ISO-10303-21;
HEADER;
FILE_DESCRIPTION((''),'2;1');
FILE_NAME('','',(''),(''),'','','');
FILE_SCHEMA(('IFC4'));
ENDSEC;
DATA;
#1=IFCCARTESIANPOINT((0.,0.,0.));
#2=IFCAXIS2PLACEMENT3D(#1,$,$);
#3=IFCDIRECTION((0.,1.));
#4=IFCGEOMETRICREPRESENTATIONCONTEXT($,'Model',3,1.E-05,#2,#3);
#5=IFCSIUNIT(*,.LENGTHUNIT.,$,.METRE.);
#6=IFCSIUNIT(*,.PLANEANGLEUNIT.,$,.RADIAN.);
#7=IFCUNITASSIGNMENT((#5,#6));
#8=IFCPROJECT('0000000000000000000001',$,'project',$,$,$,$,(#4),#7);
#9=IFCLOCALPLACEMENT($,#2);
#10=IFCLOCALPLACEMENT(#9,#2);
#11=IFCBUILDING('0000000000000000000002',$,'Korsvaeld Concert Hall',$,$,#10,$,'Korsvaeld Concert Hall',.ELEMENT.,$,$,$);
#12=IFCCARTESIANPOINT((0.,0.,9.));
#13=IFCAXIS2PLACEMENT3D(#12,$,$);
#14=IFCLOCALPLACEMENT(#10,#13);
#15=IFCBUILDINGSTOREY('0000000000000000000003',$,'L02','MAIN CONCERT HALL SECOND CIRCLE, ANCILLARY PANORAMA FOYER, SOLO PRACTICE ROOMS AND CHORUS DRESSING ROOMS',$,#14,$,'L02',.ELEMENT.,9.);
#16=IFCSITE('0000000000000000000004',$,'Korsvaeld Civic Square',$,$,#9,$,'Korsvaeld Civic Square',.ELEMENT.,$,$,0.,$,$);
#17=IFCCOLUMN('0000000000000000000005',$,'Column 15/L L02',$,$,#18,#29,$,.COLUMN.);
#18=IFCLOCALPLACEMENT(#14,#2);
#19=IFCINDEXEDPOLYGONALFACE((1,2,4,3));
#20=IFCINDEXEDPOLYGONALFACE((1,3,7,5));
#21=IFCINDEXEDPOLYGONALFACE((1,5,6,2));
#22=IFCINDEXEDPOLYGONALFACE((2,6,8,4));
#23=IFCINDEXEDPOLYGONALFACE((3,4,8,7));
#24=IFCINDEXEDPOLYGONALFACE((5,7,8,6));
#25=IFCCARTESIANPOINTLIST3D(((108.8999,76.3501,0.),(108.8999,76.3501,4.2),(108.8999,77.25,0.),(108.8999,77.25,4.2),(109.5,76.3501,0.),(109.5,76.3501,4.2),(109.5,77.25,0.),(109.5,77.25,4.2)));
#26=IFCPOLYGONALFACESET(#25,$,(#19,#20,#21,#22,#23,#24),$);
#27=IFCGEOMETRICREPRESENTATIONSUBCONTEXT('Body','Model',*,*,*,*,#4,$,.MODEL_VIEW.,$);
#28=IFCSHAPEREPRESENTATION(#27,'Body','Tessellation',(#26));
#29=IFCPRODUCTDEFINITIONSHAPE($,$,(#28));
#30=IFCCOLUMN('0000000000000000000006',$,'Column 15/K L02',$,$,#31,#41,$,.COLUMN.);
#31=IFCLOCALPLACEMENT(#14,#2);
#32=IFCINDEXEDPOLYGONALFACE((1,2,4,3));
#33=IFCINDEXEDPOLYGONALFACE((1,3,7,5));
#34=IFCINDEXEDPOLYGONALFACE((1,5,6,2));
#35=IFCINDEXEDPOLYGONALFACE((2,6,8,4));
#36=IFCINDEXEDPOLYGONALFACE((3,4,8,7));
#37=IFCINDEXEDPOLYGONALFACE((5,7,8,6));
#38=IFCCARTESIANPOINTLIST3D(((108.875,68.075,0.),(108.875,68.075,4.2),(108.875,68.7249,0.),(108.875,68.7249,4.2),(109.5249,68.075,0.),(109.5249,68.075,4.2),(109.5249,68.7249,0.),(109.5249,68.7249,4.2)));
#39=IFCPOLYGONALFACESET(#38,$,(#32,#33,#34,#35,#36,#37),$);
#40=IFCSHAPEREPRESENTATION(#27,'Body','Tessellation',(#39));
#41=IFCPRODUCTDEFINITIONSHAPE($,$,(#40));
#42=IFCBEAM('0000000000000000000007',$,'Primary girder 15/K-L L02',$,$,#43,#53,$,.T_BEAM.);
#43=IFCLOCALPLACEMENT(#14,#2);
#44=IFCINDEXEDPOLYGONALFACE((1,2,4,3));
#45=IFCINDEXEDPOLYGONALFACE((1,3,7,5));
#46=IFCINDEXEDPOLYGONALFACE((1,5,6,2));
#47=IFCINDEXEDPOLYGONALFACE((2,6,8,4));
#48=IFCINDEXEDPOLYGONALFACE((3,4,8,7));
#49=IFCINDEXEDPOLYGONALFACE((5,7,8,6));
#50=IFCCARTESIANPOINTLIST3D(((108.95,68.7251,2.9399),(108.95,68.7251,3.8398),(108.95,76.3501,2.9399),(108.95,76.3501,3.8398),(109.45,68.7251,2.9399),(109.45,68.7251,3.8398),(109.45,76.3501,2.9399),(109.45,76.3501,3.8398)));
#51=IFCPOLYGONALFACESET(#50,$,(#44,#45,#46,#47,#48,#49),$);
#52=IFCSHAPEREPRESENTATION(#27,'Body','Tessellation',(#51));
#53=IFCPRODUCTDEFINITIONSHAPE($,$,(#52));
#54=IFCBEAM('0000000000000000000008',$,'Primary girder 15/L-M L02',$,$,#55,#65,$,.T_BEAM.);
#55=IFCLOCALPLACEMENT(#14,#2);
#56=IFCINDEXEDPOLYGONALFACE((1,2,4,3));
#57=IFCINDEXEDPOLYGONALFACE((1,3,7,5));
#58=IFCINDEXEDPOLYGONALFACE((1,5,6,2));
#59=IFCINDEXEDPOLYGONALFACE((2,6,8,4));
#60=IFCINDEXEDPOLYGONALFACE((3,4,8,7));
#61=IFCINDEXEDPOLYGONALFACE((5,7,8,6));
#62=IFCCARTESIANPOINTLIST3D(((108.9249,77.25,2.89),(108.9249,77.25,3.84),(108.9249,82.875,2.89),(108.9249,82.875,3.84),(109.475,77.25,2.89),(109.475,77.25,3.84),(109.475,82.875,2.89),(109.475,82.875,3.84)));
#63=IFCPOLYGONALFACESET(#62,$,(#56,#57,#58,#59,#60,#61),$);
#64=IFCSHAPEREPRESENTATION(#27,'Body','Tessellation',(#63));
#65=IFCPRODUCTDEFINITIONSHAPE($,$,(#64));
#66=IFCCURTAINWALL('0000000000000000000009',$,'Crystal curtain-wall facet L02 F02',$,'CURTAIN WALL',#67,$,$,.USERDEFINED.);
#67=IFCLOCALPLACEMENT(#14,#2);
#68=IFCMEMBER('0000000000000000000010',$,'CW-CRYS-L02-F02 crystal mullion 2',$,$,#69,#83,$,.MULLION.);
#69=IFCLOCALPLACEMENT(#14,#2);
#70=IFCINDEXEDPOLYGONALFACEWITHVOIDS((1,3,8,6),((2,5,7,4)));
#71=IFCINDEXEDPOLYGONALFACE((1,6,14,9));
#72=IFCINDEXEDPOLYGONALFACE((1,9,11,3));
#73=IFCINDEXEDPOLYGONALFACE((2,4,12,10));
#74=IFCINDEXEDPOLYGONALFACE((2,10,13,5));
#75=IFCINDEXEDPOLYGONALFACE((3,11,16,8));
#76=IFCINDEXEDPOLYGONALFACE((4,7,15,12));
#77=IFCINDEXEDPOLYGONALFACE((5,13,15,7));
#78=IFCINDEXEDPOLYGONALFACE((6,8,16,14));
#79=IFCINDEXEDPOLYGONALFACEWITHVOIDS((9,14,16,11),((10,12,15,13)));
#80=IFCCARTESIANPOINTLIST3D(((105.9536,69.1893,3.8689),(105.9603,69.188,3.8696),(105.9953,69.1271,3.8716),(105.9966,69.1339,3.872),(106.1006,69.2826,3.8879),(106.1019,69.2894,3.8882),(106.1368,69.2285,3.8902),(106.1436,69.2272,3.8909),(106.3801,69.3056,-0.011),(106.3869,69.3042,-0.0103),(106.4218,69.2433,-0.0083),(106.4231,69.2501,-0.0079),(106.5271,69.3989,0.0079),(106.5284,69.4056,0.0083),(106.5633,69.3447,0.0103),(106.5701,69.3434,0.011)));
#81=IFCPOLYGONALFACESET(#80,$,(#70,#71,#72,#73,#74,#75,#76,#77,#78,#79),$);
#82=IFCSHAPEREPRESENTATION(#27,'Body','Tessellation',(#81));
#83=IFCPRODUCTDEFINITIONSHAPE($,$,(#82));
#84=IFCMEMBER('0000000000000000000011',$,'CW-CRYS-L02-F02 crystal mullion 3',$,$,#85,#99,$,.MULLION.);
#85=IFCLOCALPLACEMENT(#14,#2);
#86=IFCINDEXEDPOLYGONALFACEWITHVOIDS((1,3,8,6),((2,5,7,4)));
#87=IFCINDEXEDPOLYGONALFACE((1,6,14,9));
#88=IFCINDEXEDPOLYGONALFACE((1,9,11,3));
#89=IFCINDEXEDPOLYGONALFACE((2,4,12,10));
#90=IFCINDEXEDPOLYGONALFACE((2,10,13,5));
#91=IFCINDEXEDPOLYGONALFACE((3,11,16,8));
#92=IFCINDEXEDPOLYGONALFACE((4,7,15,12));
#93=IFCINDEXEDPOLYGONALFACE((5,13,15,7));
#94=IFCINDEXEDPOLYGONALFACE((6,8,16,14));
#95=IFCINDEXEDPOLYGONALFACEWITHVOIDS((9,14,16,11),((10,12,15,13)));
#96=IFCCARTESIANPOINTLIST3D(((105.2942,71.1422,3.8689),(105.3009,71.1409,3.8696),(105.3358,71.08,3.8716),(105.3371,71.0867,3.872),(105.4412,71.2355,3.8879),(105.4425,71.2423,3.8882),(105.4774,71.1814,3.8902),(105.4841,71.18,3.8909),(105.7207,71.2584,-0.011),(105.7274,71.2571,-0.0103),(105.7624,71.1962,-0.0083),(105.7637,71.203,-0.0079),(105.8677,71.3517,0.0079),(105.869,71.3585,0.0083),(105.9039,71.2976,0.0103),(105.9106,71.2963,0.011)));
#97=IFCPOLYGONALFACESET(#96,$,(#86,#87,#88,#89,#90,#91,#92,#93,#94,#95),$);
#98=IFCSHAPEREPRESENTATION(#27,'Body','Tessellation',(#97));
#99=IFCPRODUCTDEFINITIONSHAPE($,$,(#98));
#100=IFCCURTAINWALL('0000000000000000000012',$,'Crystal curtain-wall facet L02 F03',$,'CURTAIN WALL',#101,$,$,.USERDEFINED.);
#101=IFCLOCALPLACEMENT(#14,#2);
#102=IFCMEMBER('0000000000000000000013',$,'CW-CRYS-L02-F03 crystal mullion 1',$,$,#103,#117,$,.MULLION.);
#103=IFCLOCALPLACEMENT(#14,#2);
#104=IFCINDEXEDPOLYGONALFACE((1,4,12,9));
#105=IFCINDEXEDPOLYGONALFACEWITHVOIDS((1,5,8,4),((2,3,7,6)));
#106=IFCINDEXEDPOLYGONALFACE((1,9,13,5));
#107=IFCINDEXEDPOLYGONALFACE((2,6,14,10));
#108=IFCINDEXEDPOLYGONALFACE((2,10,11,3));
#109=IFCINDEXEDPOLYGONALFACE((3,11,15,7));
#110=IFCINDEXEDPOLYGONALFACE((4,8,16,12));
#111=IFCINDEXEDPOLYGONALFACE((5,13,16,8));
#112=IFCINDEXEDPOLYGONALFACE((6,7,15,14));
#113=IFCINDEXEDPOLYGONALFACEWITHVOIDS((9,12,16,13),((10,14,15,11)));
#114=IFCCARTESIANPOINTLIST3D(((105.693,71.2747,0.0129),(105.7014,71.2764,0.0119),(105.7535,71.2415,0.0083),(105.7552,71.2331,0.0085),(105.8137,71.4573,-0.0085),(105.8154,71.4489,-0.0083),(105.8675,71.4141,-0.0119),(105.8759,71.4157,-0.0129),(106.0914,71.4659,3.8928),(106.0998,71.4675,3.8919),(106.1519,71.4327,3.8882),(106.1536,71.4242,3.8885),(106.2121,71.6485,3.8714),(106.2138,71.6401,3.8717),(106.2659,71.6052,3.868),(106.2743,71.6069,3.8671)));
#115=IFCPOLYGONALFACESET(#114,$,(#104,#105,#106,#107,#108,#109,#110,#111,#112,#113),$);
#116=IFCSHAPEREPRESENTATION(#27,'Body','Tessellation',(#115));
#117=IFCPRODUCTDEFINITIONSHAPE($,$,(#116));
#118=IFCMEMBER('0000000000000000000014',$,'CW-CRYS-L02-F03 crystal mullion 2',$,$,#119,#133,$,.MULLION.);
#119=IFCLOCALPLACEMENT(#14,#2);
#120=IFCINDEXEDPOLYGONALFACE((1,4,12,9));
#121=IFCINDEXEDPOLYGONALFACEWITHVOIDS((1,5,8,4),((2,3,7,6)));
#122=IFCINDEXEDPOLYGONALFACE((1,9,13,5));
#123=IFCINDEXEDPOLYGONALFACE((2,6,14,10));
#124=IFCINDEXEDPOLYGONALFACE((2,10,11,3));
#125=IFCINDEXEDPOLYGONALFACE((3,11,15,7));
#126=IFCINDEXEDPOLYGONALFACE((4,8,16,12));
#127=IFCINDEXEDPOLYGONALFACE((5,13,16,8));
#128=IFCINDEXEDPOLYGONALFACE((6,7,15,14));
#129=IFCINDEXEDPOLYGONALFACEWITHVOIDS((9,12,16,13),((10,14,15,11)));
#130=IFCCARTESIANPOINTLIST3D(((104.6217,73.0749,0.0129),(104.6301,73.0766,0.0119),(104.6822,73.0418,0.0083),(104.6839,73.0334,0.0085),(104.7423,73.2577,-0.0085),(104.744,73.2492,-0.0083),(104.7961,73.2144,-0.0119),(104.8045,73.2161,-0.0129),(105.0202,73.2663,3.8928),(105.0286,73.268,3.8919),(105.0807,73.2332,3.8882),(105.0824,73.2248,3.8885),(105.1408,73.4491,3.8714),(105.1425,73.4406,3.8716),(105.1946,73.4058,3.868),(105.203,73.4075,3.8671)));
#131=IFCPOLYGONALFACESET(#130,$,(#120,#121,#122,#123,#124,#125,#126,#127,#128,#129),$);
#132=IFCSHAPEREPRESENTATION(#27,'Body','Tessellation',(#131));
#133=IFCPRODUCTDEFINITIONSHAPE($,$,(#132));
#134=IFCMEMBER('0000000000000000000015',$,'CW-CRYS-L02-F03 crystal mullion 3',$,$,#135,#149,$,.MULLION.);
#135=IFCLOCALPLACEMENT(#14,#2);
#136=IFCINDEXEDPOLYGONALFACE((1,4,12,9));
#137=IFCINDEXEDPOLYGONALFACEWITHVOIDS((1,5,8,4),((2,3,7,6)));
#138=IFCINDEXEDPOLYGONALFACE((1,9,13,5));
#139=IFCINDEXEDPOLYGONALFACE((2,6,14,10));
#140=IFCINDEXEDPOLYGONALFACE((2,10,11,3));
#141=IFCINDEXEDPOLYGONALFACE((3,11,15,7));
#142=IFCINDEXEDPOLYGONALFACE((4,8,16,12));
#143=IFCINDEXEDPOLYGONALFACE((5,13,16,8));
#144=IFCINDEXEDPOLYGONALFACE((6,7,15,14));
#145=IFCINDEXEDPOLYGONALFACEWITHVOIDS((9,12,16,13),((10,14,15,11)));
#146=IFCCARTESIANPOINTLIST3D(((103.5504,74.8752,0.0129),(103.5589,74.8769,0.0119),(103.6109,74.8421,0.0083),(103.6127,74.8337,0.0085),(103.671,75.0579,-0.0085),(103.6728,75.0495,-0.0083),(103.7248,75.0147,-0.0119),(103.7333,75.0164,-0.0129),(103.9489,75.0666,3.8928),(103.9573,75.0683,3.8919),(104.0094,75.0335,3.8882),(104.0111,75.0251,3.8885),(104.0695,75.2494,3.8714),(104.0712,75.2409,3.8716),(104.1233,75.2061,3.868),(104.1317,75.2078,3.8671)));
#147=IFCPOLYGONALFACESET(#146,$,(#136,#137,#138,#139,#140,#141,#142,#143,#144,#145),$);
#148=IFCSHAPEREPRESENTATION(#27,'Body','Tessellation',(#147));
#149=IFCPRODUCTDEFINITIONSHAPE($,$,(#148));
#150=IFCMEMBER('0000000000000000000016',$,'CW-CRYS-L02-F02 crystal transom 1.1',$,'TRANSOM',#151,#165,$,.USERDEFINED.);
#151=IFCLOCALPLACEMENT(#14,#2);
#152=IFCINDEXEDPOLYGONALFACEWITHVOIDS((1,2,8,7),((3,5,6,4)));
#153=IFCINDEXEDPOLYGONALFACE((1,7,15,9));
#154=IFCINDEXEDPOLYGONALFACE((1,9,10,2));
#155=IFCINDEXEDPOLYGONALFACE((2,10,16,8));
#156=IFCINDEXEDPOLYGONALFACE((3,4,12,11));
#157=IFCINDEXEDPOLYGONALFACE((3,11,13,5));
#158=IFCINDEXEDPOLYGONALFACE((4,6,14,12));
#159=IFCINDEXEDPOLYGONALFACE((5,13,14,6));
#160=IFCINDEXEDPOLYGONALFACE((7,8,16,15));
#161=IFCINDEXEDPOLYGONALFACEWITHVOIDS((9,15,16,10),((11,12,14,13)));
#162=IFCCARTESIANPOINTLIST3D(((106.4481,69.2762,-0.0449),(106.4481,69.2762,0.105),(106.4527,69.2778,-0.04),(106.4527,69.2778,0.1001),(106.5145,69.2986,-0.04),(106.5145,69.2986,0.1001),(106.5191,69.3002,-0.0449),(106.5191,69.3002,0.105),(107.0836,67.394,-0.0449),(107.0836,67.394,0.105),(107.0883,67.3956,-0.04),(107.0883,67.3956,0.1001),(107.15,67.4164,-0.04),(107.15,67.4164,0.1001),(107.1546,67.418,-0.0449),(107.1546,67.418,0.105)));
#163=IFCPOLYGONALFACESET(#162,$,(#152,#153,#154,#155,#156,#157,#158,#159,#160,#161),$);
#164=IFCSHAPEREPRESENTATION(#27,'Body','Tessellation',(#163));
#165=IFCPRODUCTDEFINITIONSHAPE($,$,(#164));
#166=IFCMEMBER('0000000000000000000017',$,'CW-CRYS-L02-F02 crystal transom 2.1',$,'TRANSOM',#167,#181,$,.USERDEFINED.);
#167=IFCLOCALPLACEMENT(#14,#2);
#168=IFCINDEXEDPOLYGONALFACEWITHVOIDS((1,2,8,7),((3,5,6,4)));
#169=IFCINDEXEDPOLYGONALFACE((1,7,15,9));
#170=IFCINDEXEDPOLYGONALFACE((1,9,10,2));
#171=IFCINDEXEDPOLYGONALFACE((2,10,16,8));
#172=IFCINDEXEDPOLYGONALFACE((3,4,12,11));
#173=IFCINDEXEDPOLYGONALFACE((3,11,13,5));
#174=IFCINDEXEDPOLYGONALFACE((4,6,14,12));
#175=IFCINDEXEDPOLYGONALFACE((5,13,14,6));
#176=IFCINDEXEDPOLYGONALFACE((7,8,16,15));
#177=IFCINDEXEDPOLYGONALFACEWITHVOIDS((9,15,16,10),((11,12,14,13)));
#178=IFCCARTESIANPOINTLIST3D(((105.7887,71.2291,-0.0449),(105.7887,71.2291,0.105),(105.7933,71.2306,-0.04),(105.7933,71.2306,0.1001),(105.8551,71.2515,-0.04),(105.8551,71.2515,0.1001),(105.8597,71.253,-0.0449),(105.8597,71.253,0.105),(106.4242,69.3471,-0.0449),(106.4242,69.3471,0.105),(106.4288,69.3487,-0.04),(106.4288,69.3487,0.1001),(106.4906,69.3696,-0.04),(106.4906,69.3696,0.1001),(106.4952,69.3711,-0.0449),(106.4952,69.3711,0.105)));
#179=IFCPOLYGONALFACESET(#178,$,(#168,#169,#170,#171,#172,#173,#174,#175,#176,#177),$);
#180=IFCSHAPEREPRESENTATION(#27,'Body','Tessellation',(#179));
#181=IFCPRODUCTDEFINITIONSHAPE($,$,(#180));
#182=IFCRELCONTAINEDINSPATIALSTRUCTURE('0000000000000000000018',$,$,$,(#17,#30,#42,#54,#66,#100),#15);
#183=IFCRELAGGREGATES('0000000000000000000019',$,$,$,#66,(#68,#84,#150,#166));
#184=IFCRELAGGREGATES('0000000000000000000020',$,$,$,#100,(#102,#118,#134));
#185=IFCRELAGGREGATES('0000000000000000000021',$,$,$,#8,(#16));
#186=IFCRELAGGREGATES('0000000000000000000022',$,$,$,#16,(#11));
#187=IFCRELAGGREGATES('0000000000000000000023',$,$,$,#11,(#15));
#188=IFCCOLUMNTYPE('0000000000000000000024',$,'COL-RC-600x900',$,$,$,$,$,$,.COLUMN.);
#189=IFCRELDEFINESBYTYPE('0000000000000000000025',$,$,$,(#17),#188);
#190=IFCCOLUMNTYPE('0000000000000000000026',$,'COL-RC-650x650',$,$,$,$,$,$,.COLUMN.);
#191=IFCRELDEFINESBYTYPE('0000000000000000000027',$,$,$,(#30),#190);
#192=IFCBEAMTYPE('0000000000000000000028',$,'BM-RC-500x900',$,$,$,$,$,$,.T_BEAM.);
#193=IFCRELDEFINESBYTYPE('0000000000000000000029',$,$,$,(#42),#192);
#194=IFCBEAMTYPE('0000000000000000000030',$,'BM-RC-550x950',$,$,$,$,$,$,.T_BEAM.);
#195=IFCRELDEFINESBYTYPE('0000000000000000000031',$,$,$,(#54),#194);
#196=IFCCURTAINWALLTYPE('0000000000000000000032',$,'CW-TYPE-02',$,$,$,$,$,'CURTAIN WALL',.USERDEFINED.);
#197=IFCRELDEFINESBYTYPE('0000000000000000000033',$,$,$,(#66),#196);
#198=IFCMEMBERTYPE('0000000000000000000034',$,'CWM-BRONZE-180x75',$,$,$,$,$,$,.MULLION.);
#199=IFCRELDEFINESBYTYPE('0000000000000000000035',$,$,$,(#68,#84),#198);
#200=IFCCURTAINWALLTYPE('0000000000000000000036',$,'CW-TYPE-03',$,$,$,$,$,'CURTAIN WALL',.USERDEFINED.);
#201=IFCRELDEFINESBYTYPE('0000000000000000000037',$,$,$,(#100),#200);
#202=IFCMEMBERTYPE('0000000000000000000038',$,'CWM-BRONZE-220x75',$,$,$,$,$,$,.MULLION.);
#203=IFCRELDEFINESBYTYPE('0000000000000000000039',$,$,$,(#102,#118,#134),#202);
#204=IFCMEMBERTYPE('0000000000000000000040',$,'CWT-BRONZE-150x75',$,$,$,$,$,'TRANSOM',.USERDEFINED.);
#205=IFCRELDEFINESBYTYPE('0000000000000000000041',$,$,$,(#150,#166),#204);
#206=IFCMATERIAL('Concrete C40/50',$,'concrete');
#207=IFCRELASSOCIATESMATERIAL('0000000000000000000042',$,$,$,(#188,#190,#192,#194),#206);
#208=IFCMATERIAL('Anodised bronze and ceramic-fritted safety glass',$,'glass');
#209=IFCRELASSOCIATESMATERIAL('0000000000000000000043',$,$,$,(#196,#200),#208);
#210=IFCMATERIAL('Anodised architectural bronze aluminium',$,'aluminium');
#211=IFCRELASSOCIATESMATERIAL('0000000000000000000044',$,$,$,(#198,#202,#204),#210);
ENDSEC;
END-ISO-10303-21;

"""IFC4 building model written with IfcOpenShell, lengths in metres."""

from ifc_helpers import new_model, si_unit, direction, frame, origin, origin_2d, place, context, subcontext, project, spatial, rectangle, hollow_rectangle, extrude, material, material_profile, profile_set, type_object, element, aggregate, save


model = new_model("IFC4")

# Units and contexts
model_context = context("Model", 3, precision=1e-05, world=origin(), true_north=direction((0.0, 1.0)))
body_context = subcontext(model_context, "Body", "Model", "MODEL_VIEW")
ifc_project = project(units=[si_unit("LENGTHUNIT", "METRE"), si_unit("PLANEANGLEUNIT", "RADIAN")], contexts=[model_context])

# Site, building, storey
site_placement = place(None, origin())
site = spatial("IfcSite", under=ifc_project, at=site_placement, Name="Korsvaeld Civic Square", LongName="Korsvaeld Civic Square", CompositionType="ELEMENT", RefElevation=0.0)
building_placement = place(site_placement, origin())
building = spatial("IfcBuilding", under=site, at=building_placement, Name="Korsvaeld Concert Hall", LongName="Korsvaeld Concert Hall", CompositionType="ELEMENT")
storey_placement = place(building_placement, frame((0.0, 0.0, 9.0)))
storey = spatial("IfcBuildingStorey", under=building, at=storey_placement, Name="L02", Description="MAIN CONCERT HALL SECOND CIRCLE, ANCILLARY PANORAMA FOYER, SOLO PRACTICE ROOMS AND CHORUS DRESSING ROOMS", LongName="L02", CompositionType="ELEMENT", Elevation=9.0)

# Columns
ifc_material_1 = material(Name="Concrete C40/50", Category="concrete")
ifc_material_profile_1 = material_profile(ifc_material_1, rectangle(XDim=0.6001, YDim=0.8999, at=origin_2d()), Name="RC 600x900")
ifc_profile_set_1 = profile_set([ifc_material_profile_1], Name="Concrete C40/50")
column_type_1 = type_object("IfcColumnType", Name="COL-RC-600x900", PredefinedType="COLUMN", material=ifc_profile_set_1)
column_1_placement = place(storey_placement, frame((109.2, 76.8, 0.0), z_axis=(0.0, 0.0, 1.0), x_axis=(1.0, 0.0, 0.0)))
element("IfcColumn", 1, at=column_1_placement, inside=storey, type_object=column_type_1, Name="Column 15/L L02", PredefinedType="COLUMN", context=body_context, shape_type="SweptSolid", body=[
    extrude(rectangle(XDim=0.6001, YDim=0.8999, at=origin_2d()), origin(), (0.0, 0.0, 1.0), 4.2),
])
ifc_material_profile_2 = material_profile(ifc_material_1, rectangle(XDim=0.6499, YDim=0.6499, at=origin_2d()), Name="RC 650x650")
ifc_profile_set_2 = profile_set([ifc_material_profile_2], Name="Concrete C40/50")
column_type_2 = type_object("IfcColumnType", Name="COL-RC-650x650", PredefinedType="COLUMN", material=ifc_profile_set_2)
column_2_placement = place(storey_placement, frame((109.2, 68.3999, 0.0), z_axis=(0.0, 0.0, 1.0), x_axis=(1.0, 0.0, 0.0)))
element("IfcColumn", 2, at=column_2_placement, inside=storey, type_object=column_type_2, Name="Column 15/K L02", PredefinedType="COLUMN", context=body_context, shape_type="SweptSolid", body=[
    extrude(rectangle(XDim=0.6499, YDim=0.6499, at=origin_2d()), origin(), (0.0, 0.0, 1.0), 4.2),
])

# Beams
ifc_material_profile_3 = material_profile(ifc_material_1, rectangle(XDim=0.5, YDim=0.8999, at=origin_2d()), Name="RC 500x900")
ifc_profile_set_3 = profile_set([ifc_material_profile_3], Name="Concrete C40/50")
beam_type_1 = type_object("IfcBeamType", Name="BM-RC-500x900", PredefinedType="T_BEAM", material=ifc_profile_set_3)
beam_1_placement = place(storey_placement, frame((109.2, 68.7251, 3.3899), z_axis=(0.0, 1.0, 0.0), x_axis=(-1.0, 0.0, 0.0)))
element("IfcBeam", 3, at=beam_1_placement, inside=storey, type_object=beam_type_1, Name="Primary girder 15/K-L L02", PredefinedType="T_BEAM", context=body_context, shape_type="SweptSolid", body=[
    extrude(rectangle(XDim=0.5, YDim=0.8999, at=origin_2d()), origin(), (0.0, 0.0, 1.0), 7.625),
])
ifc_material_profile_4 = material_profile(ifc_material_1, rectangle(XDim=0.55, YDim=0.95, at=origin_2d()), Name="RC 550x950")
ifc_profile_set_4 = profile_set([ifc_material_profile_4], Name="Concrete C40/50")
beam_type_2 = type_object("IfcBeamType", Name="BM-RC-550x950", PredefinedType="T_BEAM", material=ifc_profile_set_4)
beam_2_placement = place(storey_placement, frame((109.2, 77.25, 3.365), z_axis=(0.0, 1.0, 0.0), x_axis=(-1.0, 0.0, 0.0)))
element("IfcBeam", 4, at=beam_2_placement, inside=storey, type_object=beam_type_2, Name="Primary girder 15/L-M L02", PredefinedType="T_BEAM", context=body_context, shape_type="SweptSolid", body=[
    extrude(rectangle(XDim=0.55, YDim=0.95, at=origin_2d()), origin(), (0.0, 0.0, 1.0), 5.625),
])

# Curtain walls, members
ifc_material_2 = material(Name="Anodised bronze and ceramic-fritted safety glass", Category="glass")
curtain_wall_type_1 = type_object("IfcCurtainWallType", Name="CW-TYPE-02", ElementType="CURTAIN WALL", PredefinedType="USERDEFINED", material=ifc_material_2)
curtain_wall_1_placement = place(storey_placement, origin())
curtain_wall_1 = element("IfcCurtainWall", 5, at=curtain_wall_1_placement, inside=storey, type_object=curtain_wall_type_1, Name="Crystal curtain-wall facet L02 F02", ObjectType="CURTAIN WALL", PredefinedType="USERDEFINED")
ifc_material_3 = material(Name="Anodised architectural bronze aluminium", Category="aluminium")
ifc_material_profile_5 = material_profile(ifc_material_3, hollow_rectangle(XDim=0.075, YDim=0.1799, WallThickness=0.0049, at=origin_2d()), Name="CWM 180x75x5")
ifc_profile_set_5 = profile_set([ifc_material_profile_5], Name="Anodised architectural bronze aluminium")
member_type_1 = type_object("IfcMemberType", Name="CWM-BRONZE-180x75", PredefinedType="MULLION", material=ifc_profile_set_5)
member_1_placement = place(storey_placement, frame((106.4751, 69.3245, 0.0), z_axis=(-0.109223, -0.02976, 0.993572), x_axis=(-0.555751, 0.830559, -0.036216)))
member_1 = element("IfcMember", 6, at=member_1_placement, type_object=member_type_1, Name="CW-CRYS-L02-F02 crystal mullion 2", PredefinedType="MULLION", context=body_context, shape_type="SweptSolid", body=[
    extrude(hollow_rectangle(XDim=0.075, YDim=0.1799, WallThickness=0.0049, at=origin_2d()), origin(), (0.0, 0.0, 1.0), 3.905),
])
member_2_placement = place(storey_placement, frame((105.8157, 71.2773, 0.0), z_axis=(-0.109223, -0.02976, 0.993572), x_axis=(-0.555751, 0.830559, -0.036216)))
member_2 = element("IfcMember", 7, at=member_2_placement, type_object=member_type_1, Name="CW-CRYS-L02-F02 crystal mullion 3", PredefinedType="MULLION", context=body_context, shape_type="SweptSolid", body=[
    extrude(hollow_rectangle(XDim=0.075, YDim=0.1799, WallThickness=0.0049, at=origin_2d()), origin(), (0.0, 0.0, 1.0), 3.905),
])
curtain_wall_type_2 = type_object("IfcCurtainWallType", Name="CW-TYPE-03", ElementType="CURTAIN WALL", PredefinedType="USERDEFINED", material=ifc_material_2)
curtain_wall_2_placement = place(storey_placement, origin())
curtain_wall_2 = element("IfcCurtainWall", 8, at=curtain_wall_2_placement, inside=storey, type_object=curtain_wall_type_2, Name="Crystal curtain-wall facet L02 F03", ObjectType="CURTAIN WALL", PredefinedType="USERDEFINED")
ifc_material_profile_6 = material_profile(ifc_material_3, hollow_rectangle(XDim=0.075, YDim=0.22, WallThickness=0.0061, at=origin_2d()), Name="CWM 220x75x6")
ifc_profile_set_6 = profile_set([ifc_material_profile_6], Name="Anodised architectural bronze aluminium")
member_type_2 = type_object("IfcMemberType", Name="CWM-BRONZE-220x75", PredefinedType="MULLION", material=ifc_profile_set_6)
member_3_placement = place(storey_placement, frame((105.7844, 71.3452, 0.0), z_axis=(0.102033, 0.048954, 0.993576), x_axis=(0.829811, -0.555036, -0.057869)))
member_3 = element("IfcMember", 9, at=member_3_placement, type_object=member_type_2, Name="CW-CRYS-L02-F03 crystal mullion 1", PredefinedType="MULLION", context=body_context, shape_type="SweptSolid", body=[
    extrude(hollow_rectangle(XDim=0.075, YDim=0.22, WallThickness=0.0061, at=origin_2d()), origin(), (0.0, 0.0, 1.0), 3.905),
])
member_4_placement = place(storey_placement, frame((104.7131, 73.1455, 0.0), z_axis=(0.102033, 0.049016, 0.993573), x_axis=(0.830086, -0.554624, -0.057883)))
member_4 = element("IfcMember", 10, at=member_4_placement, type_object=member_type_2, Name="CW-CRYS-L02-F03 crystal mullion 2", PredefinedType="MULLION", context=body_context, shape_type="SweptSolid", body=[
    extrude(hollow_rectangle(XDim=0.075, YDim=0.22, WallThickness=0.0061, at=origin_2d()), origin(), (0.0, 0.0, 1.0), 3.905),
])
member_5_placement = place(storey_placement, frame((103.6418, 74.9458, 0.0), z_axis=(0.102033, 0.049016, 0.993573), x_axis=(0.830086, -0.554624, -0.057883)))
member_5 = element("IfcMember", 11, at=member_5_placement, type_object=member_type_2, Name="CW-CRYS-L02-F03 crystal mullion 3", PredefinedType="MULLION", context=body_context, shape_type="SweptSolid", body=[
    extrude(hollow_rectangle(XDim=0.075, YDim=0.22, WallThickness=0.0061, at=origin_2d()), origin(), (0.0, 0.0, 1.0), 3.905),
])

# Members
ifc_material_profile_7 = material_profile(ifc_material_3, hollow_rectangle(XDim=0.075, YDim=0.1499, WallThickness=0.0049, at=origin_2d()), Name="CWT 150x75x5")
ifc_profile_set_7 = profile_set([ifc_material_profile_7], Name="Anodised architectural bronze aluminium")
member_type_3 = type_object("IfcMemberType", Name="CWT-BRONZE-150x75", ElementType="TRANSOM", PredefinedType="USERDEFINED", material=ifc_profile_set_7)
member_6_placement = place(storey_placement, frame((107.1191, 67.406, 0.03), z_axis=(-0.319912, 0.947447, 0.0), x_axis=(-0.947447, -0.319912, 0.0)))
member_6 = element("IfcMember", 12, at=member_6_placement, type_object=member_type_3, Name="CW-CRYS-L02-F02 crystal transom 1.1", ObjectType="TRANSOM", PredefinedType="USERDEFINED", context=body_context, shape_type="SweptSolid", body=[
    extrude(hollow_rectangle(XDim=0.075, YDim=0.1499, WallThickness=0.0049, at=origin_2d()), origin(), (0.0, 0.0, 1.0), 1.9866),
])
member_7_placement = place(storey_placement, frame((106.4597, 69.3591, 0.03), z_axis=(-0.31995, 0.947435, 0.0), x_axis=(-0.947435, -0.31995, 0.0)))
member_7 = element("IfcMember", 13, at=member_7_placement, type_object=member_type_3, Name="CW-CRYS-L02-F02 crystal transom 2.1", ObjectType="TRANSOM", PredefinedType="USERDEFINED", context=body_context, shape_type="SweptSolid", body=[
    extrude(hollow_rectangle(XDim=0.075, YDim=0.1499, WallThickness=0.0049, at=origin_2d()), origin(), (0.0, 0.0, 1.0), 1.9863),
])

aggregate(curtain_wall_1, [member_1, member_2, member_6, member_7])
aggregate(curtain_wall_2, [member_3, member_4, member_5])

save(model, "model.ifc")
